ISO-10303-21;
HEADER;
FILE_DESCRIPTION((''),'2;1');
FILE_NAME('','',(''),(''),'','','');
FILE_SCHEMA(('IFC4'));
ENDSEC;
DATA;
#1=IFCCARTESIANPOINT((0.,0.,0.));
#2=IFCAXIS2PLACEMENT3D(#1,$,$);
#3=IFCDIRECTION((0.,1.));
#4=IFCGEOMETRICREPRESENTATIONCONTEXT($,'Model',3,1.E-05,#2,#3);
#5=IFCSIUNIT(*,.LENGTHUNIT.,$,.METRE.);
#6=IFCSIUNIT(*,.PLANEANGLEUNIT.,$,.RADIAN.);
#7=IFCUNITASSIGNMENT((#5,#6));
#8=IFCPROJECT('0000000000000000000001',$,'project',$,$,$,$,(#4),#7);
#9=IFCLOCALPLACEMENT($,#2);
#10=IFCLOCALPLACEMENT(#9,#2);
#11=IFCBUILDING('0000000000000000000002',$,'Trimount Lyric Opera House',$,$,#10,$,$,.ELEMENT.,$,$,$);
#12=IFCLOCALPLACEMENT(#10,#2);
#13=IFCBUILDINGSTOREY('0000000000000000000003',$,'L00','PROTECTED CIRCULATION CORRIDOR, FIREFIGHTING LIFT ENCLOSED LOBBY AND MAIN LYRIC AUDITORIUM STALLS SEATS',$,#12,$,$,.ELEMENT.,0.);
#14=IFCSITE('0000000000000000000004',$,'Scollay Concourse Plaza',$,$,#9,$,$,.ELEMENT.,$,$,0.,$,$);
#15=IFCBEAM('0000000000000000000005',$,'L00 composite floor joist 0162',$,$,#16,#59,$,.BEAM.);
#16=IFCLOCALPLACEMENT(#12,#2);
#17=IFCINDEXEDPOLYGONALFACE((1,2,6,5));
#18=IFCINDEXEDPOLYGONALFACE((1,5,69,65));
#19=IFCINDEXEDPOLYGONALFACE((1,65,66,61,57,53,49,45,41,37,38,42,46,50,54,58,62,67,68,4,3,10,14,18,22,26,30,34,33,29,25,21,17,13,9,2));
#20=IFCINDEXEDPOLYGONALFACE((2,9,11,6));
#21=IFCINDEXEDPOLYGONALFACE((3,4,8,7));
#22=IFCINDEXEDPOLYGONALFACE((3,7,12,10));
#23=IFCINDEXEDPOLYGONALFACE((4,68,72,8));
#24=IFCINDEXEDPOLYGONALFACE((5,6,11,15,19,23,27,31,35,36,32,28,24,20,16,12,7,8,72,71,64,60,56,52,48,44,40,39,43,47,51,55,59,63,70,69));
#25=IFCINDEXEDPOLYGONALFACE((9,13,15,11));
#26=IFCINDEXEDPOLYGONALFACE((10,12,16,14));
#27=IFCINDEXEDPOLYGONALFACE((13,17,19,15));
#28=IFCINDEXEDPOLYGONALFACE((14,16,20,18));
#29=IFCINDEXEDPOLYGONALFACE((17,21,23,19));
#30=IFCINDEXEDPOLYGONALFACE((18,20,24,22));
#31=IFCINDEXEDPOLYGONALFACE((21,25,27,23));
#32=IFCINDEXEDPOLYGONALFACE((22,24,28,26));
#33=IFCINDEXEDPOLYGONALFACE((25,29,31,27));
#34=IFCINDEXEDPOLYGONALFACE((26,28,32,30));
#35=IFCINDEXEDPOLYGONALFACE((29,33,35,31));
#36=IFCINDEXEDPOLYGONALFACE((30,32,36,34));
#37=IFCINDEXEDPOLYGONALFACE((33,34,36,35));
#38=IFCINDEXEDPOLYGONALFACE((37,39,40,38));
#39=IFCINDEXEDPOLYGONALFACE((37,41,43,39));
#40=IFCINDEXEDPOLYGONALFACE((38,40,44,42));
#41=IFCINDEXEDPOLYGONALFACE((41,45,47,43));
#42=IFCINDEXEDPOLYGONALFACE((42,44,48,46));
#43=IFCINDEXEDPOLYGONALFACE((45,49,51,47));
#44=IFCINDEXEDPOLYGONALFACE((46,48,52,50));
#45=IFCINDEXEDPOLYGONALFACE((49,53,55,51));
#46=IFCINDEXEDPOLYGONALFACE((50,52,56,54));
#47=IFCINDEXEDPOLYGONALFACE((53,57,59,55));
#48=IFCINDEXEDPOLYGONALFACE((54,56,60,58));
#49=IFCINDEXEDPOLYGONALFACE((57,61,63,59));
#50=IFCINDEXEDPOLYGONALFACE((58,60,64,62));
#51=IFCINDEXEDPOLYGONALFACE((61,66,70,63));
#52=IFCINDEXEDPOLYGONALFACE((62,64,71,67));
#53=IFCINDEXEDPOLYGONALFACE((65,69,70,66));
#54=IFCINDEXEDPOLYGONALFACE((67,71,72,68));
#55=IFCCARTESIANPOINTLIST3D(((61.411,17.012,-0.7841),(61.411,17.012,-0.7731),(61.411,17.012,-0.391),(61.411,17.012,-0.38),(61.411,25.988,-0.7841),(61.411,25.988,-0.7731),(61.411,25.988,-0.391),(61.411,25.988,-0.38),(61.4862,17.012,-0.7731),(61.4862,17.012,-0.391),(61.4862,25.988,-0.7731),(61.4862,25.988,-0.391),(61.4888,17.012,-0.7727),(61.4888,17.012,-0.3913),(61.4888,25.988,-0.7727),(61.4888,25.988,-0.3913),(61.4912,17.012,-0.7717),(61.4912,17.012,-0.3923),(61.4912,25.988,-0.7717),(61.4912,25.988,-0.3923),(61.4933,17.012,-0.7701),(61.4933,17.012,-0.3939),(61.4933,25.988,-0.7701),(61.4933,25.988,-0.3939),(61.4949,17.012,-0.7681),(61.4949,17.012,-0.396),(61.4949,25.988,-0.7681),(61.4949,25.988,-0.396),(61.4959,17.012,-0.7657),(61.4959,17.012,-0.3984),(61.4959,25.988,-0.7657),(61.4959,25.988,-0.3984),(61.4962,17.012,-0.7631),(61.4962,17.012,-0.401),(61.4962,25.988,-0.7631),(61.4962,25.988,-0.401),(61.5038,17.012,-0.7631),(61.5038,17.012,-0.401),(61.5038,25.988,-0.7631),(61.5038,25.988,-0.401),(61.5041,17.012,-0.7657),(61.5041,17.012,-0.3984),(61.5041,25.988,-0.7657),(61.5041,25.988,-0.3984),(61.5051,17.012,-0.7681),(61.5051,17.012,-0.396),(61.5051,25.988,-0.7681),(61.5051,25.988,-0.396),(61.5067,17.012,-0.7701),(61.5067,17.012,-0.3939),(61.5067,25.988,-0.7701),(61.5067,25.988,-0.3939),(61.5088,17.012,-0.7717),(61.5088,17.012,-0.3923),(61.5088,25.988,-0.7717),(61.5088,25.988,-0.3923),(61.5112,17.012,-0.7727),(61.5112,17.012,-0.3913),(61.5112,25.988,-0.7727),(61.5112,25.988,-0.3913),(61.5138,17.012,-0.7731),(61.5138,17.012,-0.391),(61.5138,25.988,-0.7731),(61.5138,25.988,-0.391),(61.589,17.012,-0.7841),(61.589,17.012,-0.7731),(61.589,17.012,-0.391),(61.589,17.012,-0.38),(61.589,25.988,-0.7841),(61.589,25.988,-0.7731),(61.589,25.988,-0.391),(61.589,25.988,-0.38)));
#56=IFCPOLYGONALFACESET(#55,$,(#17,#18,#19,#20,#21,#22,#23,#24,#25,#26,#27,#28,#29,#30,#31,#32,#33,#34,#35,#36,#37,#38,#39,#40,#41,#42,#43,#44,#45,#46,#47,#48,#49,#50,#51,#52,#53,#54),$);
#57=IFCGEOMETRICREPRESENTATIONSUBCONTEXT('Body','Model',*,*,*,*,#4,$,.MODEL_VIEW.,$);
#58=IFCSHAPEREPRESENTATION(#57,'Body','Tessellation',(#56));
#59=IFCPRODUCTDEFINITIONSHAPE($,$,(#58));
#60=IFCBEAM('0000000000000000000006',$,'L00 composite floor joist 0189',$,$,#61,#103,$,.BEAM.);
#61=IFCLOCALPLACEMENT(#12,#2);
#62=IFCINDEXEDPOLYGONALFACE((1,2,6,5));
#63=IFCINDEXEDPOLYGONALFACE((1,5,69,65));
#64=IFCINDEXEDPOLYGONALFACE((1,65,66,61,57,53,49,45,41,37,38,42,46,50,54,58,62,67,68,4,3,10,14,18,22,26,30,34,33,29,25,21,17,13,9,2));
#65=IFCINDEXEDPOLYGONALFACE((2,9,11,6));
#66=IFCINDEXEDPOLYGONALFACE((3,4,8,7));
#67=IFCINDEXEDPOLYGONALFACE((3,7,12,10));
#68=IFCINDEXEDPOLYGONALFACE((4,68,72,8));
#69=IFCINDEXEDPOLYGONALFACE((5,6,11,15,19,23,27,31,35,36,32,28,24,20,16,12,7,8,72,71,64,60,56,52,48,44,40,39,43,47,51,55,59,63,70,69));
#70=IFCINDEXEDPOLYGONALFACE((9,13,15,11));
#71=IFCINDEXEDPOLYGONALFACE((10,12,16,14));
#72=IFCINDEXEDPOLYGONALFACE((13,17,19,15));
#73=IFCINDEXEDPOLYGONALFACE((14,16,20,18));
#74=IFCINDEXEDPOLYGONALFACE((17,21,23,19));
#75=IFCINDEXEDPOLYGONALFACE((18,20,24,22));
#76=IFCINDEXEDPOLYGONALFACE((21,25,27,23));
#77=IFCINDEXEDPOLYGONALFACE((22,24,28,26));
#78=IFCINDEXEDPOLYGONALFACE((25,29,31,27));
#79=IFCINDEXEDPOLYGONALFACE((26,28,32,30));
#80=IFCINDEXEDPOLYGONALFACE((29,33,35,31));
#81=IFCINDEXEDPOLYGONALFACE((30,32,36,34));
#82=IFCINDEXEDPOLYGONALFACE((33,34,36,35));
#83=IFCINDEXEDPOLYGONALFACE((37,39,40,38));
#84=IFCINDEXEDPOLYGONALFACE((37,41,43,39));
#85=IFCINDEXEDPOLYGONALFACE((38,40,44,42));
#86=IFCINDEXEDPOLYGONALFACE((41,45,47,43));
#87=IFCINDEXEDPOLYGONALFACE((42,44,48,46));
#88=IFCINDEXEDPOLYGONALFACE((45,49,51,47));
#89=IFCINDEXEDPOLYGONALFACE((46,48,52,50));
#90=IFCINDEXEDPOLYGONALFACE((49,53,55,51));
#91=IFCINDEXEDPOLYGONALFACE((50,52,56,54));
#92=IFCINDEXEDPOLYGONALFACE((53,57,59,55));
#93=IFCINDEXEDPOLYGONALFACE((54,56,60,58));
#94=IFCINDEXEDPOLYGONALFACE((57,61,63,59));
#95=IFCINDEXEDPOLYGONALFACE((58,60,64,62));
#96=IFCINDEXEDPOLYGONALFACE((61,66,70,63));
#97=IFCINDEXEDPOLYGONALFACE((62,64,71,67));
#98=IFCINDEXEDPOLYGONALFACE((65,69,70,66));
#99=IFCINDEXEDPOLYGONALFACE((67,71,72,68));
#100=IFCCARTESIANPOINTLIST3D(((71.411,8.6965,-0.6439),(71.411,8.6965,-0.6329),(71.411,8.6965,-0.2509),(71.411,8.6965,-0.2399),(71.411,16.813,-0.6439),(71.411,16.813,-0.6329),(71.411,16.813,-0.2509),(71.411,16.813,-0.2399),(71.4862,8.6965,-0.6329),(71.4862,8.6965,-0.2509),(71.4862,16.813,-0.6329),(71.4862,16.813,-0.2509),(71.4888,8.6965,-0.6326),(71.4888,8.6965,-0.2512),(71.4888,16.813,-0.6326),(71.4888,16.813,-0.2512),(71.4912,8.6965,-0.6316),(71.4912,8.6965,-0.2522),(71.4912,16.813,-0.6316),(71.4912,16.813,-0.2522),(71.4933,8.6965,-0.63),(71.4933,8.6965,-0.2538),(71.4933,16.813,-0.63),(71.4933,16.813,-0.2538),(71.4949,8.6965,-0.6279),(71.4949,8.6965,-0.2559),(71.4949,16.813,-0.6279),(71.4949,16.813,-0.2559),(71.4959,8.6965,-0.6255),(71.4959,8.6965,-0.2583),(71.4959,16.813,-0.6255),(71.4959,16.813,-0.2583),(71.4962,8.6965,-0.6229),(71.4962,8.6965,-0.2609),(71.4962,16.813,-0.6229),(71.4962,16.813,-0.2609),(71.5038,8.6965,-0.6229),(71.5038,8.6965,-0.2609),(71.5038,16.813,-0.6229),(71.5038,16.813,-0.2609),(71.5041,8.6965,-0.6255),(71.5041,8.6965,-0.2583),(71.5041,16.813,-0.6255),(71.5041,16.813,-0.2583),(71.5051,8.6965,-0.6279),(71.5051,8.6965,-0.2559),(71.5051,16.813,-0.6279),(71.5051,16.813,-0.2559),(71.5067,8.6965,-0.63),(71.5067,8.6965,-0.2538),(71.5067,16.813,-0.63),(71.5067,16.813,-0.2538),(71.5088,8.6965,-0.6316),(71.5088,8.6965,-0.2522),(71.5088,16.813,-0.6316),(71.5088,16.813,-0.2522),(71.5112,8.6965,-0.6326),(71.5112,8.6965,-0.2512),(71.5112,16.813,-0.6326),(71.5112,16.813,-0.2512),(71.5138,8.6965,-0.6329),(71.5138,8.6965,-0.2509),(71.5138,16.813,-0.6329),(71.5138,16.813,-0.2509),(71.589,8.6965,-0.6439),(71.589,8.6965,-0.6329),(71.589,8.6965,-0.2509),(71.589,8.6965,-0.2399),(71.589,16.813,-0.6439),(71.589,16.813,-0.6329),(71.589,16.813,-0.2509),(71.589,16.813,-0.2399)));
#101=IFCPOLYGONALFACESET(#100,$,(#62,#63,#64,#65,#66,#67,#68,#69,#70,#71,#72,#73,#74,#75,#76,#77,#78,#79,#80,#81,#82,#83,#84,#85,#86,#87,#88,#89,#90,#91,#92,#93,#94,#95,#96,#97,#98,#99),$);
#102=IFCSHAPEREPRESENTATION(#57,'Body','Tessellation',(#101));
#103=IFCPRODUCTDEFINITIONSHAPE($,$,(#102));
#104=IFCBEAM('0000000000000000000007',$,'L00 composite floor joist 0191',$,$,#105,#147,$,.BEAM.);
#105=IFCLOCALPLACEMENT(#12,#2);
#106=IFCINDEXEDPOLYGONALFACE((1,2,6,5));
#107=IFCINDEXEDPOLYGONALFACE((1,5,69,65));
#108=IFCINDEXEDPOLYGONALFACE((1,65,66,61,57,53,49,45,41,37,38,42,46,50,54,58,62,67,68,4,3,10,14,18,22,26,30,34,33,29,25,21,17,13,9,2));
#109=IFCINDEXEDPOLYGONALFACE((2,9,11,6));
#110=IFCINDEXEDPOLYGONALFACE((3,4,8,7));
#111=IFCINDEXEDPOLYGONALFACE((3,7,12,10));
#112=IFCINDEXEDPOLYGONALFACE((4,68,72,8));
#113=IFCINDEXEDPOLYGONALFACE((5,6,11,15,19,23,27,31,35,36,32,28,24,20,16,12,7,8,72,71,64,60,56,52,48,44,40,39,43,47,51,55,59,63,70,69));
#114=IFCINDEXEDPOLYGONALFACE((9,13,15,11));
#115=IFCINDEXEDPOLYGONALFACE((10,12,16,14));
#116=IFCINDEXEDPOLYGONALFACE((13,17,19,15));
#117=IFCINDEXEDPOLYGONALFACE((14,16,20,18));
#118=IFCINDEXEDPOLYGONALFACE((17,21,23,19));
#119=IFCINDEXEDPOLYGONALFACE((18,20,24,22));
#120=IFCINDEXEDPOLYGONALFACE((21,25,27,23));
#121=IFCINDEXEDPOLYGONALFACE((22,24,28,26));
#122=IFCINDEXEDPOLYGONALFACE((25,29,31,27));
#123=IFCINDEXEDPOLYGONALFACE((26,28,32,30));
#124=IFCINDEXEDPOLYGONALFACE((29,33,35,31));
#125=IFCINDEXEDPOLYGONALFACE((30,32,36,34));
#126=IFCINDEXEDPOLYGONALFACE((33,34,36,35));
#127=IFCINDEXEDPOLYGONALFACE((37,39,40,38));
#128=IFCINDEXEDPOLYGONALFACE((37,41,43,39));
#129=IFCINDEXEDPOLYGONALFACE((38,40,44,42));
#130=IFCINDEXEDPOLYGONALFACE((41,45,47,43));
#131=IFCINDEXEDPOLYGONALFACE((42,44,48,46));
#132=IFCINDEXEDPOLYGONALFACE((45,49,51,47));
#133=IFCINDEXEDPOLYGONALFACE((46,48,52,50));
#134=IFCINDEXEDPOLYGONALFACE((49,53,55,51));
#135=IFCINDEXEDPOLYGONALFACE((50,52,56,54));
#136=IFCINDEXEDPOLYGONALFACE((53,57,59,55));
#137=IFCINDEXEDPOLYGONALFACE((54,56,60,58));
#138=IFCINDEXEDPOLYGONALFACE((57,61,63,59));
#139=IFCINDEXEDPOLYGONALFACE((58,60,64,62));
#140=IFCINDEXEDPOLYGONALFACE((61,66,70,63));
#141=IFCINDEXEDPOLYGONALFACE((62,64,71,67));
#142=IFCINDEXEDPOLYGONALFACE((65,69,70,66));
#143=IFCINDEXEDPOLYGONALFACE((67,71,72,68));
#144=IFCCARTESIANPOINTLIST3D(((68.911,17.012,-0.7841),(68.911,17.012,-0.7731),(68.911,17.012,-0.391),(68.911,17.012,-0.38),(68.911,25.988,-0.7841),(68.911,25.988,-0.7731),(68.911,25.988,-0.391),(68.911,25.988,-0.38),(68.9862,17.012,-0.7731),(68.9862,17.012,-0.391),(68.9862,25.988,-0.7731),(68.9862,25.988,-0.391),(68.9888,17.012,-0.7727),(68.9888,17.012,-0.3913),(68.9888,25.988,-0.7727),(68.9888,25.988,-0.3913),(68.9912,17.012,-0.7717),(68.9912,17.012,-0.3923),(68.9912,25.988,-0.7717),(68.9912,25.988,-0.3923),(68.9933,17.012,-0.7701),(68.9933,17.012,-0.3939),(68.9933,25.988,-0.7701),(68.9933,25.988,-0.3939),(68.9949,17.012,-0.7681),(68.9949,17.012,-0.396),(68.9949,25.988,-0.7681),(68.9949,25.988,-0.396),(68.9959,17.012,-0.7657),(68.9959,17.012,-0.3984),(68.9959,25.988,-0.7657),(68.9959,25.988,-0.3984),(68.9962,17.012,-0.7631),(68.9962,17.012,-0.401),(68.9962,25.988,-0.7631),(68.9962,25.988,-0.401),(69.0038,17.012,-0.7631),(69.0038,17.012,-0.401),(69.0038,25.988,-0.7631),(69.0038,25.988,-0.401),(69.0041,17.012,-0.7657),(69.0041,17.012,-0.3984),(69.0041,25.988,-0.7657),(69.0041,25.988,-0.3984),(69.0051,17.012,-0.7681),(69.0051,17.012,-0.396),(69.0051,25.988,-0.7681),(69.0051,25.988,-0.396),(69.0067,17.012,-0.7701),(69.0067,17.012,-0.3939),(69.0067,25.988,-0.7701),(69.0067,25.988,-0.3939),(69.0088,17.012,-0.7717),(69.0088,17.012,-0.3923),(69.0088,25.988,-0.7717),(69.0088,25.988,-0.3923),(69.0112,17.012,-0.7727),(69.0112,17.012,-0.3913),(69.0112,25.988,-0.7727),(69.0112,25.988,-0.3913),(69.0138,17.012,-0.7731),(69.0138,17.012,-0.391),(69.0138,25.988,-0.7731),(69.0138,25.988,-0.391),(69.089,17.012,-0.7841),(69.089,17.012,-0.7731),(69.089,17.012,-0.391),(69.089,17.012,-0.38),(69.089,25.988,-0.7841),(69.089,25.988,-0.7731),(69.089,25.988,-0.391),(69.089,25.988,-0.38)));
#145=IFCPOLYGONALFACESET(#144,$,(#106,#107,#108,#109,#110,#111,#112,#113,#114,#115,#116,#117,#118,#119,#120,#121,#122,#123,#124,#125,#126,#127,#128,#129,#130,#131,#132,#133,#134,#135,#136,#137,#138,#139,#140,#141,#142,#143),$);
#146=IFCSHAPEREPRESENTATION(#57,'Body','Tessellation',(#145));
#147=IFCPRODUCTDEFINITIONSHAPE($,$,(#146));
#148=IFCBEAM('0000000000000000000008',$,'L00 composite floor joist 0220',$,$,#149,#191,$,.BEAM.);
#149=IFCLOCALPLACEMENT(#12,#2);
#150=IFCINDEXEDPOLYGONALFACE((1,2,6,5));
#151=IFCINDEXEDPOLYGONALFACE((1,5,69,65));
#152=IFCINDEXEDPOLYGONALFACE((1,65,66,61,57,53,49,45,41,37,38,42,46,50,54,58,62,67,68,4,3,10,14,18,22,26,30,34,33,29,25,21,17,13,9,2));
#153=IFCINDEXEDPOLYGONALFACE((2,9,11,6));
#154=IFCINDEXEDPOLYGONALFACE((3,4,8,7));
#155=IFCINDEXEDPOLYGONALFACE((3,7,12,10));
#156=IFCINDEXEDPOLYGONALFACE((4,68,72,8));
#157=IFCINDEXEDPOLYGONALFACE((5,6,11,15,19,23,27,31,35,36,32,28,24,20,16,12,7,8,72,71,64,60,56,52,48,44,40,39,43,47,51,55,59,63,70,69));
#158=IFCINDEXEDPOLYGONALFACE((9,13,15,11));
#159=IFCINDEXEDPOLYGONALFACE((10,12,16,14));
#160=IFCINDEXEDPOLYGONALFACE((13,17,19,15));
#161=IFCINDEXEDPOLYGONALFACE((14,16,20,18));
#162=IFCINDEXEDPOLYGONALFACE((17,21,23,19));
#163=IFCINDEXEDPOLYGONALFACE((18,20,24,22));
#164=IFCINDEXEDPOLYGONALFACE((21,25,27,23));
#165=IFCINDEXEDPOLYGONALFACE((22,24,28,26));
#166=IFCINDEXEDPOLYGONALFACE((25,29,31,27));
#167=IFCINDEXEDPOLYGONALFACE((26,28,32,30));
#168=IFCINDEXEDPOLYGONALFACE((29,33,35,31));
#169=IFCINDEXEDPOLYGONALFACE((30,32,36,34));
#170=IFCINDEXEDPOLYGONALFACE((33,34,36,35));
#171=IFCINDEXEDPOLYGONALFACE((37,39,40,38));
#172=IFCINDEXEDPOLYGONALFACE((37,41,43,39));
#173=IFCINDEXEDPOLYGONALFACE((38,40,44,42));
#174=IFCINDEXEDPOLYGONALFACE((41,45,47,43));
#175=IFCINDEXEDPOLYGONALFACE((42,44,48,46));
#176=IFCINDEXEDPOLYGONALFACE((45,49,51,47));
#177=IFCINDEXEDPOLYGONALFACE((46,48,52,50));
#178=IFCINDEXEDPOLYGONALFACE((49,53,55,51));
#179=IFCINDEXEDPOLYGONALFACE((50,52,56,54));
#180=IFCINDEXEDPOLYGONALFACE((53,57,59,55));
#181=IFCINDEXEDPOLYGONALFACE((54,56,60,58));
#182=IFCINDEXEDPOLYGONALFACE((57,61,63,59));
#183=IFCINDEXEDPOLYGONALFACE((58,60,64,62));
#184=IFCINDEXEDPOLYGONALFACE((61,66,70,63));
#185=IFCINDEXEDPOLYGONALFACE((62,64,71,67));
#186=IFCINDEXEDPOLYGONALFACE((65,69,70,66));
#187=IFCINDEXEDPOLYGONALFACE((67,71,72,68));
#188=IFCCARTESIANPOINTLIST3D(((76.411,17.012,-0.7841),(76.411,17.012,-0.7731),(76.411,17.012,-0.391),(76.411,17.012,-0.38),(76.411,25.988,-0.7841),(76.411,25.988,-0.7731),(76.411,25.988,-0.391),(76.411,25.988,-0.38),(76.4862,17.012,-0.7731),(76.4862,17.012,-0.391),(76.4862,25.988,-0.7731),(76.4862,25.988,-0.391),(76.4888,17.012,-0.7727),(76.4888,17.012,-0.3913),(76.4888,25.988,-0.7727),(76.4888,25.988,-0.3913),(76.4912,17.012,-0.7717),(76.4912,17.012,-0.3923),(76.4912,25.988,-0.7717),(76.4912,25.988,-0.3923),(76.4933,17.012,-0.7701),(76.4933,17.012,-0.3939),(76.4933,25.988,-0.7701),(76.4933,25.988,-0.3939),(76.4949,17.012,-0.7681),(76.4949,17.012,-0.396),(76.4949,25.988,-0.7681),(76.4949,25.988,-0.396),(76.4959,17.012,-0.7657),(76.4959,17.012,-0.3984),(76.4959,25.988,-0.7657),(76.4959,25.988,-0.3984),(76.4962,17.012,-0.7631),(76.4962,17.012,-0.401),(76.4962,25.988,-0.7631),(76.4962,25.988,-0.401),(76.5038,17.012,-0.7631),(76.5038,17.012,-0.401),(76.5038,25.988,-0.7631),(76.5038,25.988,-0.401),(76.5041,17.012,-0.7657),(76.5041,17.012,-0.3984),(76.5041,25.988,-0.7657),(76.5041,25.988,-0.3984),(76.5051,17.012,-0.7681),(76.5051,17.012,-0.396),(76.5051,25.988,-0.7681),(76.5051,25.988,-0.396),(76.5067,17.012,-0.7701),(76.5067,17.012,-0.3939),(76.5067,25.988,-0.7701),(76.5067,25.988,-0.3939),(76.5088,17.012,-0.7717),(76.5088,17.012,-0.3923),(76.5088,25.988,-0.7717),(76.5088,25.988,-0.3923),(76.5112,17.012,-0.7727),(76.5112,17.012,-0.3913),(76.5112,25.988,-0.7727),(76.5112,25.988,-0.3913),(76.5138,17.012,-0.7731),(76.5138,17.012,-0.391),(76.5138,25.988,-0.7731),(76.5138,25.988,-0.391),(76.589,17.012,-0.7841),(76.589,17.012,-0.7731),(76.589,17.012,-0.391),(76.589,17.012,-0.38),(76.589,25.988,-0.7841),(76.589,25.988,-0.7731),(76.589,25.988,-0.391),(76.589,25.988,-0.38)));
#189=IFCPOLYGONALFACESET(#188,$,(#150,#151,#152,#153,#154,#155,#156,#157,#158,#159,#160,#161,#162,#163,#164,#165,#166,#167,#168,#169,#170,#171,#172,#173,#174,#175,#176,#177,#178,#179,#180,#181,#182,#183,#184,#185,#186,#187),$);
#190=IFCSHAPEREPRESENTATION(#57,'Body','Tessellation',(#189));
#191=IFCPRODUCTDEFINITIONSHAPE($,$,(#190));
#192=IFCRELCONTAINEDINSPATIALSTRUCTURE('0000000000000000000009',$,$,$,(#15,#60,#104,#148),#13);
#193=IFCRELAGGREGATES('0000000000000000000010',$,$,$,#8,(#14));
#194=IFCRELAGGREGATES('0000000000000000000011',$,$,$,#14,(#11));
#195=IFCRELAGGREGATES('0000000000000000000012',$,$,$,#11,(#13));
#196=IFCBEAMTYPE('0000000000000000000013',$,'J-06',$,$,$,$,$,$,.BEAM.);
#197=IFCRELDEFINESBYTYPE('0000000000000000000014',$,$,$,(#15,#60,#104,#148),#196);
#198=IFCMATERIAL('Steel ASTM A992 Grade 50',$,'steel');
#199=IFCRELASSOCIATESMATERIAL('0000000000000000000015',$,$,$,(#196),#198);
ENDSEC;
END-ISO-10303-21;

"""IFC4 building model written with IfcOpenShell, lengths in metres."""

from ifc_helpers import new_model, si_unit, direction, frame, origin, origin_2d, place, context, subcontext, project, spatial, i_section, extrude, material, material_profile, profile_set, type_object, element, save


model = new_model("IFC4")

# Units and contexts
model_context = context("Model", 3, precision=1e-05, world=origin(), true_north=direction((0.0, 1.0)))
body_context = subcontext(model_context, "Body", "Model", "MODEL_VIEW")
ifc_project = project(units=[si_unit("LENGTHUNIT", "METRE"), si_unit("PLANEANGLEUNIT", "RADIAN")], contexts=[model_context])

# Site, building, storey
site_placement = place(None, origin())
site = spatial("IfcSite", under=ifc_project, at=site_placement, Name="Scollay Concourse Plaza", CompositionType="ELEMENT", RefElevation=0.0)
building_placement = place(site_placement, origin())
building = spatial("IfcBuilding", under=site, at=building_placement, Name="Trimount Lyric Opera House", CompositionType="ELEMENT")
storey_placement = place(building_placement, origin())
storey = spatial("IfcBuildingStorey", under=building, at=storey_placement, Name="L00", Description="PROTECTED CIRCULATION CORRIDOR, FIREFIGHTING LIFT ENCLOSED LOBBY AND MAIN LYRIC AUDITORIUM STALLS SEATS", CompositionType="ELEMENT", Elevation=0.0)

# Beams
ifc_material_1 = material(Name="Steel ASTM A992 Grade 50", Category="steel")
ifc_material_profile_1 = material_profile(ifc_material_1, i_section(OverallWidth=0.178, OverallDepth=0.4041, WebThickness=0.0076, FlangeThickness=0.011, FilletRadius=0.01, at=origin_2d()), Name="W16X36")
ifc_profile_set_1 = profile_set([ifc_material_profile_1], Name="Steel ASTM A992 Grade 50")
beam_type_1 = type_object("IfcBeamType", Name="J-06", PredefinedType="BEAM", material=ifc_profile_set_1)
beam_1_placement = place(storey_placement, frame((61.5, 17.012, -0.582), z_axis=(0.0, 1.0, 0.0), x_axis=(-1.0, 0.0, 0.0)))
element("IfcBeam", 1, at=beam_1_placement, inside=storey, type_object=beam_type_1, Name="L00 composite floor joist 0162", PredefinedType="BEAM", context=body_context, shape_type="SweptSolid", body=[
    extrude(i_section(OverallWidth=0.178, OverallDepth=0.4041, WebThickness=0.0076, FlangeThickness=0.011, FilletRadius=0.01, at=origin_2d()), origin(), (0.0, 0.0, 1.0), 8.9761),
])
beam_2_placement = place(storey_placement, frame((71.5, 8.6965, -0.4419), z_axis=(0.0, 1.0, 0.0), x_axis=(-1.0, 0.0, 0.0)))
element("IfcBeam", 2, at=beam_2_placement, inside=storey, type_object=beam_type_1, Name="L00 composite floor joist 0189", PredefinedType="BEAM", context=body_context, shape_type="SweptSolid", body=[
    extrude(i_section(OverallWidth=0.178, OverallDepth=0.4041, WebThickness=0.0076, FlangeThickness=0.011, FilletRadius=0.01, at=origin_2d()), origin(), (0.0, 0.0, 1.0), 8.1165),
])
for number, where, z_axis, x_axis, name in (
    (3, (69.0, 17.012, -0.582), (0.0, 1.0, 0.0), (-1.0, 0.0, 0.0), "L00 composite floor joist 0191"),
    (4, (76.5, 17.012, -0.582), (0.0, 1.0, 0.0), (-1.0, 0.0, 0.0), "L00 composite floor joist 0220"),
):
    element("IfcBeam", number, at=place(storey_placement, frame(where, z_axis=z_axis, x_axis=x_axis)), inside=storey, type_object=beam_type_1, Name=name, PredefinedType="BEAM", context=body_context, shape_type="SweptSolid", body=[
        extrude(i_section(OverallWidth=0.178, OverallDepth=0.4041, WebThickness=0.0076, FlangeThickness=0.011, FilletRadius=0.01, at=origin_2d()), origin(), (0.0, 0.0, 1.0), 8.9761),
    ])

save(model, "model.ifc")
